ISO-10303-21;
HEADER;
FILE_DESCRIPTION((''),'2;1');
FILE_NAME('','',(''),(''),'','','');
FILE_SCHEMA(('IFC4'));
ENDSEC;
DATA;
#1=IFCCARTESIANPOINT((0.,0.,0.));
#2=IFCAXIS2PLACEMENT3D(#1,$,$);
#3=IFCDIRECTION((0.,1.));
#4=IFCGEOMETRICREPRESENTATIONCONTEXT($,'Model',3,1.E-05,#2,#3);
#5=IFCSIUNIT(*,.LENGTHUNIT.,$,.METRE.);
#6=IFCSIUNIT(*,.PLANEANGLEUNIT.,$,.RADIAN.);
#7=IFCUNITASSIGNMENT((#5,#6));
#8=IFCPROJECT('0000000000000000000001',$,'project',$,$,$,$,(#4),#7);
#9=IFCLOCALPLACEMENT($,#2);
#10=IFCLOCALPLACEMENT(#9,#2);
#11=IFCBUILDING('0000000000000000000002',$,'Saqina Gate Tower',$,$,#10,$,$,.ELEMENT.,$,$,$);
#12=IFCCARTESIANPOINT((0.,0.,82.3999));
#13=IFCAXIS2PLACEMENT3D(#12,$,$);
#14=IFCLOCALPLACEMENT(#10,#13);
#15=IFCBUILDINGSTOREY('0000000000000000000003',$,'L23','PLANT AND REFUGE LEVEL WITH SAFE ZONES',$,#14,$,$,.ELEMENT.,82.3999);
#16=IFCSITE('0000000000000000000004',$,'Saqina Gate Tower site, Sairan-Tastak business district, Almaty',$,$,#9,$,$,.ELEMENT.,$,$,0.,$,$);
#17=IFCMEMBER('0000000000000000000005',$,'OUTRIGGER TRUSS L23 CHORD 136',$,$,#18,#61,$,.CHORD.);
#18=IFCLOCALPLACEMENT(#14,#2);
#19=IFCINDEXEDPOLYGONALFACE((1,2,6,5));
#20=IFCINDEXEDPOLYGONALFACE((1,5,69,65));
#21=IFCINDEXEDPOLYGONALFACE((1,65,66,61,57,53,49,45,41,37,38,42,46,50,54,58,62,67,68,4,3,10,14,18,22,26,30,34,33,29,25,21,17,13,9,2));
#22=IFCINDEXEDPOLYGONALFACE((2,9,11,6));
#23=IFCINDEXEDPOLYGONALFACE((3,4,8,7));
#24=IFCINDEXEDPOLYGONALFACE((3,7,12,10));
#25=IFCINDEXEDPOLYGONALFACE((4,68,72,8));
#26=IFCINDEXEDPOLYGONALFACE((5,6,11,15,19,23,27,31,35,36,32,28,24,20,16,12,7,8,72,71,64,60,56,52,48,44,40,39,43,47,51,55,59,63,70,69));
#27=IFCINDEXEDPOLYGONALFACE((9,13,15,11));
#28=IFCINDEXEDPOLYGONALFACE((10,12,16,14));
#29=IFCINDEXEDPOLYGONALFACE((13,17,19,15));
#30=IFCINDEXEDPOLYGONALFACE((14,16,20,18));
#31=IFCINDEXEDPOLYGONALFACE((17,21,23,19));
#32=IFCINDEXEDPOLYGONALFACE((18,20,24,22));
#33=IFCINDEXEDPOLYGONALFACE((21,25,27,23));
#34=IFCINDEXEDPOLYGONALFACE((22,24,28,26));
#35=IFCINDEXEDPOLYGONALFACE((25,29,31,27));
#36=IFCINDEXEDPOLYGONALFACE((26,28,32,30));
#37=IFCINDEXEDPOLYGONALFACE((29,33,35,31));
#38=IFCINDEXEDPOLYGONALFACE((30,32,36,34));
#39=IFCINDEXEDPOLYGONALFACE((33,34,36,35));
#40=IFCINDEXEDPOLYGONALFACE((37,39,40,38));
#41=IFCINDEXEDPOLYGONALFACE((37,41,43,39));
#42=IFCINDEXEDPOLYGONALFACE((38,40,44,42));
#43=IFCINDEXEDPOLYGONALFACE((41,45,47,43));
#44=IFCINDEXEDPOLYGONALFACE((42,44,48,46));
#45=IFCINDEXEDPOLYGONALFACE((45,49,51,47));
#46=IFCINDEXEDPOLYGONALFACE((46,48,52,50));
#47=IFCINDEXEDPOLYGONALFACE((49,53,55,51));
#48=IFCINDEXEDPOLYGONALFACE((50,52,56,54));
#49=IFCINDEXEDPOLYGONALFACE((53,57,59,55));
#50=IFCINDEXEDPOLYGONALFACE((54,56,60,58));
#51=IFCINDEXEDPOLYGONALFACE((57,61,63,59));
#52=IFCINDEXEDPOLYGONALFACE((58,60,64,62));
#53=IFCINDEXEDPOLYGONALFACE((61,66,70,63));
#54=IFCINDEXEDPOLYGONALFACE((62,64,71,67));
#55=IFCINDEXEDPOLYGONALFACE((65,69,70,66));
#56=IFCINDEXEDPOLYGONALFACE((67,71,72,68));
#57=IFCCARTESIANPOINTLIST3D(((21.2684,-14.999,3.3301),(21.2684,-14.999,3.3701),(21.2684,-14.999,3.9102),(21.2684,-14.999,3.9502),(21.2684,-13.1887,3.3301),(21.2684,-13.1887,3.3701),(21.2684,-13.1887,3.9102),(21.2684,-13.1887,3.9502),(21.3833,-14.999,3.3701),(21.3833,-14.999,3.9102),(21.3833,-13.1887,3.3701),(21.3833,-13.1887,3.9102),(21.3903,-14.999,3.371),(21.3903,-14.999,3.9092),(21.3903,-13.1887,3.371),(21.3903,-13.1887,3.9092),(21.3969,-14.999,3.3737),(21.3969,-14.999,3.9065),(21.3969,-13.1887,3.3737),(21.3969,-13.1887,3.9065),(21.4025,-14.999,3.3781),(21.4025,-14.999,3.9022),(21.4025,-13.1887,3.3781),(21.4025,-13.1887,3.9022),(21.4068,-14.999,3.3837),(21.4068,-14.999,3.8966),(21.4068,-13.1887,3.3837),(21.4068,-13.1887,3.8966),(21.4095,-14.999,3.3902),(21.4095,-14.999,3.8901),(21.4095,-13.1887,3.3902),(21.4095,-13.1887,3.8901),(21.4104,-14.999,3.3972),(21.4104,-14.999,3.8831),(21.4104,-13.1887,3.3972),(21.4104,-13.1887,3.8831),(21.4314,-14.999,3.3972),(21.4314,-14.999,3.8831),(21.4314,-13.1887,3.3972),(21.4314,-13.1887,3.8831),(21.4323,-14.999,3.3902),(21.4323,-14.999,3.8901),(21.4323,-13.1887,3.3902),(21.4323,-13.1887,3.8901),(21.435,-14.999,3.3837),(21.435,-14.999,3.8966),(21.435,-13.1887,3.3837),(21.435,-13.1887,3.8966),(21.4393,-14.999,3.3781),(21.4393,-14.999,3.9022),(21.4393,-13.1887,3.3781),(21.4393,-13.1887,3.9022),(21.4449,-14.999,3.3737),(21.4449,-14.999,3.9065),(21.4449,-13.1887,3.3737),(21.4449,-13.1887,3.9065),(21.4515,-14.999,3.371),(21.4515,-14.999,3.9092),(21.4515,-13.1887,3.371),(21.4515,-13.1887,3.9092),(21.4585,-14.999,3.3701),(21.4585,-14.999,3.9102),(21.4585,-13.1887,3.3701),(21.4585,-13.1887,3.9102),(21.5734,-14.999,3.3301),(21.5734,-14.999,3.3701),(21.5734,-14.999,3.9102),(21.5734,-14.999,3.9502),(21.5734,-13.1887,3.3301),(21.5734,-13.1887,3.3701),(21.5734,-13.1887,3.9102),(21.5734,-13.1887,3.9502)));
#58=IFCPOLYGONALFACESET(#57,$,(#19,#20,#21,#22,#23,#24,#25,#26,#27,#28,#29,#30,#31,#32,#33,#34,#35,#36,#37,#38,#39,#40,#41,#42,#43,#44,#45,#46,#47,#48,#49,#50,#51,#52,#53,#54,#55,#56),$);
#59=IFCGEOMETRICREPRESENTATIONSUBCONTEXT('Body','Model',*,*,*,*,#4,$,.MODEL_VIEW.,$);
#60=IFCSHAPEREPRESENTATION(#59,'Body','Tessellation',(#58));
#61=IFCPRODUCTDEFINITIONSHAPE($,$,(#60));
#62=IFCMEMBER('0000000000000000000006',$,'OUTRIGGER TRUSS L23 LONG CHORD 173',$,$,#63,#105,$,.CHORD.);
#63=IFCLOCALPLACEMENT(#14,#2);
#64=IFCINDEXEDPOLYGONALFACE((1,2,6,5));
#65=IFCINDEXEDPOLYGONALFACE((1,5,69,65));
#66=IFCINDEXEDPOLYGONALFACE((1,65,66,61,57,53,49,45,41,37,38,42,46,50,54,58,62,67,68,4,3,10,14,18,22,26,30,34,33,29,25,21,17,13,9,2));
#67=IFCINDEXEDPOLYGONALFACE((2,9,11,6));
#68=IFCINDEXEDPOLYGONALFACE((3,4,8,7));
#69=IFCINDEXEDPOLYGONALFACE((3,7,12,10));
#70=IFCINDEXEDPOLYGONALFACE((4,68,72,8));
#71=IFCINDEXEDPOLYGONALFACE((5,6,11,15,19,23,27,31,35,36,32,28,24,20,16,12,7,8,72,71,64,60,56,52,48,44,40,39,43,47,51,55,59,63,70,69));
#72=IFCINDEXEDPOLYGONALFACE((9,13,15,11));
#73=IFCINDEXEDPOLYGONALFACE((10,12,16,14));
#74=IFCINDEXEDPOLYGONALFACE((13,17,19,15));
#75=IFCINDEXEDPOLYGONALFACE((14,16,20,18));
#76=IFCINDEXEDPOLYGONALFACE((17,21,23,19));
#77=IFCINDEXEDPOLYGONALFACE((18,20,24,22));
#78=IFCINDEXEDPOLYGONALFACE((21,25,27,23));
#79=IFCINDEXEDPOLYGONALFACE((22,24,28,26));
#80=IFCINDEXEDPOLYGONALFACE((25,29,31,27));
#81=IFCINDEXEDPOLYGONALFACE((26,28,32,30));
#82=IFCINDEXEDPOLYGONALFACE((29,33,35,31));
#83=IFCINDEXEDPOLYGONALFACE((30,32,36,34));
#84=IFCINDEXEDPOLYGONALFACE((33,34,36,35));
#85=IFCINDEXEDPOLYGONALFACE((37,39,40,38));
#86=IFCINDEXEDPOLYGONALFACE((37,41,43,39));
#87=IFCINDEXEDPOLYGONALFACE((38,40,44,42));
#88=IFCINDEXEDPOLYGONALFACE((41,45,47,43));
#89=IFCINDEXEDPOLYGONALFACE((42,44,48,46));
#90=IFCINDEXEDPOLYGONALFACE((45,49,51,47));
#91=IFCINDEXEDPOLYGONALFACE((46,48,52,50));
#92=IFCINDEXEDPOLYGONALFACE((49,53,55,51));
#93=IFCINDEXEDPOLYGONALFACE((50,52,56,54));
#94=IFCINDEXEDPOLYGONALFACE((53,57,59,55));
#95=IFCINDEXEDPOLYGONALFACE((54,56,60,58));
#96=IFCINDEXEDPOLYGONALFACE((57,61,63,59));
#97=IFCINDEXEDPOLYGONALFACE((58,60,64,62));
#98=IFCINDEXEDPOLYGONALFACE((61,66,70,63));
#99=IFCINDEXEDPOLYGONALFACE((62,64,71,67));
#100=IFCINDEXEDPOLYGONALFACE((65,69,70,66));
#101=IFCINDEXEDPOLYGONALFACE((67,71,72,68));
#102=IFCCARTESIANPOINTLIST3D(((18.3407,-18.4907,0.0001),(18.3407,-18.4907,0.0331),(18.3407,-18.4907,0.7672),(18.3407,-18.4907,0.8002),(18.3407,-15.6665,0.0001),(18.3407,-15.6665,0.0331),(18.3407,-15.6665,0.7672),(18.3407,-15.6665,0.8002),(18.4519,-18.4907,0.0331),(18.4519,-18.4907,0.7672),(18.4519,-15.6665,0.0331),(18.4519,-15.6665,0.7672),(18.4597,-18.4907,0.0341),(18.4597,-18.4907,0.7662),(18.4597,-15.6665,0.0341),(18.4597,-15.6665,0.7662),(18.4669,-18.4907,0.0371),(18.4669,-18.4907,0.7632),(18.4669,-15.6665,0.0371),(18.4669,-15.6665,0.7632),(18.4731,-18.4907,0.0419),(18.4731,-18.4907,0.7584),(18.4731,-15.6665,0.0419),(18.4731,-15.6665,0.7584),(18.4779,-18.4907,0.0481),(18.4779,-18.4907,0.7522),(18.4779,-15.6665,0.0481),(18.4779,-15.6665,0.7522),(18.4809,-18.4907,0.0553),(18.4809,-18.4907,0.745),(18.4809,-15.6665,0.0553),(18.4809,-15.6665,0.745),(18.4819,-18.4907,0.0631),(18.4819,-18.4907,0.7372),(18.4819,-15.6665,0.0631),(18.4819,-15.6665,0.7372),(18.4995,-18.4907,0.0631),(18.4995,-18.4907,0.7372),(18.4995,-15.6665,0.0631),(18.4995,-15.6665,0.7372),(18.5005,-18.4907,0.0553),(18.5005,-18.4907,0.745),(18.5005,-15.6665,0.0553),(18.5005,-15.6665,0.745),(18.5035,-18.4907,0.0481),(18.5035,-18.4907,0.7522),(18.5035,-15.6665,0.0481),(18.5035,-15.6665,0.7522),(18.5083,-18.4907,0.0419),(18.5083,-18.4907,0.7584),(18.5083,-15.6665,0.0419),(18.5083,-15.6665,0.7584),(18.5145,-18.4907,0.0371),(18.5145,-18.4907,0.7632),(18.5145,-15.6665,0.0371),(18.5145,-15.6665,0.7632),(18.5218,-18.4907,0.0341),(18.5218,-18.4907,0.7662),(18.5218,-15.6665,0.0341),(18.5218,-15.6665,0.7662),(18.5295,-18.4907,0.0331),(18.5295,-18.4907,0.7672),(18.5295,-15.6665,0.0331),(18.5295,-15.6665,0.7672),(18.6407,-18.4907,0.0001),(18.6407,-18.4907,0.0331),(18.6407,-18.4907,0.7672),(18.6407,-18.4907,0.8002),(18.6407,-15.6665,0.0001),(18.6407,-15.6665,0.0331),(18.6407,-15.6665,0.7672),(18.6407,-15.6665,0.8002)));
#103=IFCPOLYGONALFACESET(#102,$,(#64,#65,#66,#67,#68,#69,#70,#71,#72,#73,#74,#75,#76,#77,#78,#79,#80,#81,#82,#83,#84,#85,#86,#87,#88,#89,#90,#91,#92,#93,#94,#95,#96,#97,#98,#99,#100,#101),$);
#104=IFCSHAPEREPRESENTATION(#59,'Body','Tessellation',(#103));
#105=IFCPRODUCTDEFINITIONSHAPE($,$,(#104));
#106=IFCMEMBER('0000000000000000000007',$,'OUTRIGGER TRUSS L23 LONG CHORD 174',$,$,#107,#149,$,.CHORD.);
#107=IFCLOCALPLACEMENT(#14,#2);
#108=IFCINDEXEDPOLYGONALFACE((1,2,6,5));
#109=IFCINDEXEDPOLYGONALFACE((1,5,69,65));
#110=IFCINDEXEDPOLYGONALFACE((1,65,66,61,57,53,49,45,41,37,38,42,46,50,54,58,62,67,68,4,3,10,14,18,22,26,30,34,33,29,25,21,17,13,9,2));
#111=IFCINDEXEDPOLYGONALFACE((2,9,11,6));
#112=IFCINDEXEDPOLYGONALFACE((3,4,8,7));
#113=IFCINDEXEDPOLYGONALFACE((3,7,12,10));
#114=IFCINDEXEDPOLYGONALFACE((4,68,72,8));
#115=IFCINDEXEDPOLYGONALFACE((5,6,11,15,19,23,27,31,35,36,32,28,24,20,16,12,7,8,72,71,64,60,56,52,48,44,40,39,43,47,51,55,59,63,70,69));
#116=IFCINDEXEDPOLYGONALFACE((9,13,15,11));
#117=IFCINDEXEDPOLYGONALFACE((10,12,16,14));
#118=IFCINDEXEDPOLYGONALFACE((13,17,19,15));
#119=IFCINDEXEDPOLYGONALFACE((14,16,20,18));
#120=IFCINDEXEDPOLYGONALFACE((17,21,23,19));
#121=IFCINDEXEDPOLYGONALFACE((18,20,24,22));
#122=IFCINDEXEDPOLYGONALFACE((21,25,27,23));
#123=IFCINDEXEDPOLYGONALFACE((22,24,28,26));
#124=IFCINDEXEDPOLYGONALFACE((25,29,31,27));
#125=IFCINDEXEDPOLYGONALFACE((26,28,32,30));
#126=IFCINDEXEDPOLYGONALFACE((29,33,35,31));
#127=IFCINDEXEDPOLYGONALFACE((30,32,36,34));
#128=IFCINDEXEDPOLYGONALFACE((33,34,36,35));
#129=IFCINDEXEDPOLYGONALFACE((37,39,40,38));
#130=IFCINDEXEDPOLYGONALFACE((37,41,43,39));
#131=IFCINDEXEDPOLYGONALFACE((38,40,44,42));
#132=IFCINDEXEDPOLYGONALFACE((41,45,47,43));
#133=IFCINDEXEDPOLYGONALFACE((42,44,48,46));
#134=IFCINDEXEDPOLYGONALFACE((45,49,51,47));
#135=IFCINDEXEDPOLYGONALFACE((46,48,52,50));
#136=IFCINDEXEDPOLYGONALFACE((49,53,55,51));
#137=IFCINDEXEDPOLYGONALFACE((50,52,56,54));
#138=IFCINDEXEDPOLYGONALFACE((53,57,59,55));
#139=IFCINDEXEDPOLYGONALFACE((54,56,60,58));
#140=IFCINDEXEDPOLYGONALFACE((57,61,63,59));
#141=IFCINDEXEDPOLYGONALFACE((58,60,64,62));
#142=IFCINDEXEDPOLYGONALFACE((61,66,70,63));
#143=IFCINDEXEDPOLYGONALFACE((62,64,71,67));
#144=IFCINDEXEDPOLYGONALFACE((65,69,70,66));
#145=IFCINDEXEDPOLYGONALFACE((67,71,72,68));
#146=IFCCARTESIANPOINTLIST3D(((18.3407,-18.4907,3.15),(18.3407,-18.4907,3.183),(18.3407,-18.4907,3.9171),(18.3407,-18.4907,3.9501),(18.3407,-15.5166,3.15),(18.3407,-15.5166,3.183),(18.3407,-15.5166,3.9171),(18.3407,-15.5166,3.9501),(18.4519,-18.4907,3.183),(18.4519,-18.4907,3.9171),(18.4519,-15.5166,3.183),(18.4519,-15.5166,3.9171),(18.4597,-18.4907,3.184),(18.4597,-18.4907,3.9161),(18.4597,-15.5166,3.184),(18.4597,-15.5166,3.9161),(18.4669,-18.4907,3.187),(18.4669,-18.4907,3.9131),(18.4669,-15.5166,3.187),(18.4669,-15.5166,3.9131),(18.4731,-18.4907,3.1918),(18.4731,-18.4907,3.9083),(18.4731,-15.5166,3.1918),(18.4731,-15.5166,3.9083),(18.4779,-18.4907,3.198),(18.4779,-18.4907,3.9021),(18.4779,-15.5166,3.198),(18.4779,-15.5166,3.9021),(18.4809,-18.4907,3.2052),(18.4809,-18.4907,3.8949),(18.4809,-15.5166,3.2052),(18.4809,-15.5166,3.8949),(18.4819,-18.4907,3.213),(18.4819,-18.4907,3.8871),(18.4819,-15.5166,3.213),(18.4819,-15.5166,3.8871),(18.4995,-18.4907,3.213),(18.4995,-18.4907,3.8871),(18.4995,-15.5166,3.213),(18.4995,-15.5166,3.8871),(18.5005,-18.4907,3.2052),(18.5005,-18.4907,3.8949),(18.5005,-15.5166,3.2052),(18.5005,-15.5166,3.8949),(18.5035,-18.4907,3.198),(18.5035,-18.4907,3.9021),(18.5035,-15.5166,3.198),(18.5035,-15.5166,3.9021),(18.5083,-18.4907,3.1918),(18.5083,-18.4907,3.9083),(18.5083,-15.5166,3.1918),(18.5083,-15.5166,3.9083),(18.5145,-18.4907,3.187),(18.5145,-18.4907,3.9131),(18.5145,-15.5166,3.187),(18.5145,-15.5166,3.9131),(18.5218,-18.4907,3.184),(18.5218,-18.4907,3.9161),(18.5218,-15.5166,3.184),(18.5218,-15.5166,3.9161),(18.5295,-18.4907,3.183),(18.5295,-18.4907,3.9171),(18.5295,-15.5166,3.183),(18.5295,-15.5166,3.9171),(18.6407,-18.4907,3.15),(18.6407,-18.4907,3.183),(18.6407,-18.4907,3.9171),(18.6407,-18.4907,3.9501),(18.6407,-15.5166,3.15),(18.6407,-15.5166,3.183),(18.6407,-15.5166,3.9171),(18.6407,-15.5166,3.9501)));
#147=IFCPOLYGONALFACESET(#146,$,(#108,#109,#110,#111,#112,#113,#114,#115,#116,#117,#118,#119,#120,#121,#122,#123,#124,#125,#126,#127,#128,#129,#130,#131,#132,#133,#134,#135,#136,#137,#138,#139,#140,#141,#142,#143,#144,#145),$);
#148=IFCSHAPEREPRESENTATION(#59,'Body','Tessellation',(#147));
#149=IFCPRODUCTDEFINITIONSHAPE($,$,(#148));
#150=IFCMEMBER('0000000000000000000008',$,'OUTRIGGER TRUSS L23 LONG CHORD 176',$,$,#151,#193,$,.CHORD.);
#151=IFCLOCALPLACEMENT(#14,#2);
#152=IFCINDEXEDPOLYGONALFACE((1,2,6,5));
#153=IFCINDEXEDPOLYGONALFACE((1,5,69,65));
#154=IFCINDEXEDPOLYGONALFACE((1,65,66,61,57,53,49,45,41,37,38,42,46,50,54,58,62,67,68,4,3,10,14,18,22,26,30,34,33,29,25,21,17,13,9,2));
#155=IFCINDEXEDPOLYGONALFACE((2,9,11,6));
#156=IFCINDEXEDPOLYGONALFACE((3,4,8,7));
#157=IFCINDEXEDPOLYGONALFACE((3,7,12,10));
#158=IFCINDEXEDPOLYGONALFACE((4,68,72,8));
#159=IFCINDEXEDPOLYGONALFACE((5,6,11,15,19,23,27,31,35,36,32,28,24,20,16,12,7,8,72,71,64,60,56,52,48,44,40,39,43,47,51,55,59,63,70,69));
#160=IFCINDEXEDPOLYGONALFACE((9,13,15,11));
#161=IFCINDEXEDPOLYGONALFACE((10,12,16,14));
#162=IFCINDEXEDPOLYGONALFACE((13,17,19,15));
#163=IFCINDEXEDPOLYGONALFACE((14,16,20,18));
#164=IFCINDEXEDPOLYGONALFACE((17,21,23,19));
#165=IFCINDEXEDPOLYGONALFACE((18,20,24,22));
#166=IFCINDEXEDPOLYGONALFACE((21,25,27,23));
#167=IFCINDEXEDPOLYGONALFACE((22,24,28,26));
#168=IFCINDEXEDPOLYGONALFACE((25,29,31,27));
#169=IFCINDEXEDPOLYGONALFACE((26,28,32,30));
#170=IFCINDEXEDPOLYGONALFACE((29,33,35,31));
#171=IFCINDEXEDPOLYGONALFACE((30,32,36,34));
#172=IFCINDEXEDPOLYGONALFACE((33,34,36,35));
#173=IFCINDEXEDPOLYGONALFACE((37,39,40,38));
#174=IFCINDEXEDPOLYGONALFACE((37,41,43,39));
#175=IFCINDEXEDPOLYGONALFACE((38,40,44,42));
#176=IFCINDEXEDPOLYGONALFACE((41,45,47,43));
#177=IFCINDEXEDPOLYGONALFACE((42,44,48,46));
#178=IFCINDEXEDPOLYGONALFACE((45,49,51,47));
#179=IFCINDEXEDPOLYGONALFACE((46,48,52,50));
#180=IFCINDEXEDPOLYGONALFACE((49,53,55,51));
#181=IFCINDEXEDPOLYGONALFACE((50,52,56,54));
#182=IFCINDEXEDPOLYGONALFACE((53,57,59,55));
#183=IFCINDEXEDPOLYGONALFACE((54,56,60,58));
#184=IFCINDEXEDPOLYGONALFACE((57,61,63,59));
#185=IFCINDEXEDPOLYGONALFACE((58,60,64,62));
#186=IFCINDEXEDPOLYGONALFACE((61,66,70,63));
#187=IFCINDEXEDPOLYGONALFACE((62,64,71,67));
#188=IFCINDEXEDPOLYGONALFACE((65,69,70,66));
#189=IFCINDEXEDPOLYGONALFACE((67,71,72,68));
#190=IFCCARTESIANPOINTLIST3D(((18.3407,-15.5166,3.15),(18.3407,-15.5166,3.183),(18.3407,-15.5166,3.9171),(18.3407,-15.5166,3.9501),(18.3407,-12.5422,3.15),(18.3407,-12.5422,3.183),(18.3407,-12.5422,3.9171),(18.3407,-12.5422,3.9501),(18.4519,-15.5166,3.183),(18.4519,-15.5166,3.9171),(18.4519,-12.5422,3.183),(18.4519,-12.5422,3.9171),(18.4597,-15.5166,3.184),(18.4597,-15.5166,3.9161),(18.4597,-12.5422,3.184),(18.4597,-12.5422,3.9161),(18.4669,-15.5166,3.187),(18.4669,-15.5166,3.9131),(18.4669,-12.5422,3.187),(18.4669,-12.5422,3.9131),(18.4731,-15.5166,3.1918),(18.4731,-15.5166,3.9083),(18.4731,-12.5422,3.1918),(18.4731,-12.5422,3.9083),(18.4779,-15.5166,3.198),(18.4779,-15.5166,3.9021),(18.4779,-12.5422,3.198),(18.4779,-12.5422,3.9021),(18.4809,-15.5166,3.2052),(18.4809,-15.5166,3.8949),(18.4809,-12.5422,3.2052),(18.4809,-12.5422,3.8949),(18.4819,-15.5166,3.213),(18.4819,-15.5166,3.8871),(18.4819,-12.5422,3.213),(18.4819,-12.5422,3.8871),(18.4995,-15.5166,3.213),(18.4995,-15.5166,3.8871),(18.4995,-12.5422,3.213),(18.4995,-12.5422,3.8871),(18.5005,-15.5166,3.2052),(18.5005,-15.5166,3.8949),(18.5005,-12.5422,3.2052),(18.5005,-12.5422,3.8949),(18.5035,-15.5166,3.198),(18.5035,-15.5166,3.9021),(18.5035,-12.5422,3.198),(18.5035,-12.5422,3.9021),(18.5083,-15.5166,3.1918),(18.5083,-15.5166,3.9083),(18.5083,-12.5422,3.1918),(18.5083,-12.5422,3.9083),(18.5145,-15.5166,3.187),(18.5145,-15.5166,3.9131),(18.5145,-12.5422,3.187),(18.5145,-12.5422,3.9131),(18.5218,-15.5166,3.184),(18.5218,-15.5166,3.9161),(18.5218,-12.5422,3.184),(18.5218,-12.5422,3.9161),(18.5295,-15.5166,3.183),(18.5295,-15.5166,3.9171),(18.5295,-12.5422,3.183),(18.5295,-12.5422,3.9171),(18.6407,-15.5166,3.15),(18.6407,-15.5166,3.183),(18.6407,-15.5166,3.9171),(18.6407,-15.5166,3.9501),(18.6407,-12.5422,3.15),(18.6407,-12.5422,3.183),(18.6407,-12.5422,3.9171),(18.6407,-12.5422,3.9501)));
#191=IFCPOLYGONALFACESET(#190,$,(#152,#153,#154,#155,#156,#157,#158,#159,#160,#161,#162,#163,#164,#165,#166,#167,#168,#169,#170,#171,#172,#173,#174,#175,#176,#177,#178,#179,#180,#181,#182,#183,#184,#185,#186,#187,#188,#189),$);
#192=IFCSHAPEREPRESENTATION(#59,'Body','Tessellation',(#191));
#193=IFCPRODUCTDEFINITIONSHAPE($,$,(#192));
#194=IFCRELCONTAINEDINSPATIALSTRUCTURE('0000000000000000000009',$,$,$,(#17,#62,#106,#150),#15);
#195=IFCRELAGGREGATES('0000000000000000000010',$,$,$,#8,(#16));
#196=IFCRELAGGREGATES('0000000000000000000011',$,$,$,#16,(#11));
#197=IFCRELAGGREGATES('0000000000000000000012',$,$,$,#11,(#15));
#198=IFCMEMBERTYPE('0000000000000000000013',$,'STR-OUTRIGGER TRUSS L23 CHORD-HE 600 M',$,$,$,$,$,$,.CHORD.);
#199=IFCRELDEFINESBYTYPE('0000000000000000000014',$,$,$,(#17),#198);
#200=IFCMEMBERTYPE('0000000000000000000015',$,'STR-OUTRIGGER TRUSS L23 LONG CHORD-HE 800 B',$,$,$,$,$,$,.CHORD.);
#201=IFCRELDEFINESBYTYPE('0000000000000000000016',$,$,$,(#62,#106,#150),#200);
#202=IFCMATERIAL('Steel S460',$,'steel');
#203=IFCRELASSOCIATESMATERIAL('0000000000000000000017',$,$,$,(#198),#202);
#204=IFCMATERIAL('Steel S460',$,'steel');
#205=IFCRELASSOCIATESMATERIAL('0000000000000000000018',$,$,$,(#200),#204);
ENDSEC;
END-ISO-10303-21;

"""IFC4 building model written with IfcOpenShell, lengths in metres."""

from ifc_helpers import new_model, si_unit, direction, frame, origin, origin_2d, place, context, subcontext, project, spatial, i_section, extrude, material, material_profile, profile_set, type_object, element, save


model = new_model("IFC4")

# Units and contexts
model_context = context("Model", 3, precision=1e-05, world=origin(), true_north=direction((0.0, 1.0)))
body_context = subcontext(model_context, "Body", "Model", "MODEL_VIEW")
ifc_project = project(units=[si_unit("LENGTHUNIT", "METRE"), si_unit("PLANEANGLEUNIT", "RADIAN")], contexts=[model_context])

# Site, building, storey
site_placement = place(None, origin())
site = spatial("IfcSite", under=ifc_project, at=site_placement, Name="Saqina Gate Tower site, Sairan-Tastak business district, Almaty", CompositionType="ELEMENT", RefElevation=0.0)
building_placement = place(site_placement, origin())
building = spatial("IfcBuilding", under=site, at=building_placement, Name="Saqina Gate Tower", CompositionType="ELEMENT")
storey_placement = place(building_placement, frame((0.0, 0.0, 82.3999)))
storey = spatial("IfcBuildingStorey", under=building, at=storey_placement, Name="L23", Description="PLANT AND REFUGE LEVEL WITH SAFE ZONES", CompositionType="ELEMENT", Elevation=82.3999)

# Members
ifc_material_1 = material(Name="Steel S460", Category="steel")
ifc_material_profile_1 = material_profile(ifc_material_1, i_section(OverallWidth=0.3049, OverallDepth=0.6201, WebThickness=0.021, FlangeThickness=0.04, FilletRadius=0.0271, at=origin_2d()), Name="HE 600 M")
ifc_profile_set_1 = profile_set([ifc_material_profile_1], Name="Steel S460")
member_type_1 = type_object("IfcMemberType", Name="STR-OUTRIGGER TRUSS L23 CHORD-HE 600 M", PredefinedType="CHORD", material=ifc_profile_set_1)
member_1_placement = place(storey_placement, frame((21.4209, -13.1887, 3.6401), z_axis=(0.0, -1.0, 0.0), x_axis=(1.0, 0.0, 0.0)))
element("IfcMember", 1, at=member_1_placement, inside=storey, type_object=member_type_1, Name="OUTRIGGER TRUSS L23 CHORD 136", PredefinedType="CHORD", context=body_context, shape_type="SweptSolid", body=[
    extrude(i_section(OverallWidth=0.3049, OverallDepth=0.6201, WebThickness=0.021, FlangeThickness=0.04, FilletRadius=0.0271, at=origin_2d()), origin(), (0.0, 0.0, 1.0), 1.8103),
])
ifc_material_2 = material(Name="Steel S460", Category="steel")
ifc_material_profile_2 = material_profile(ifc_material_2, i_section(OverallWidth=0.3, OverallDepth=0.8, WebThickness=0.0176, FlangeThickness=0.033, FilletRadius=0.03, at=origin_2d()), Name="HE 800 B")
ifc_profile_set_2 = profile_set([ifc_material_profile_2], Name="Steel S460")
member_type_2 = type_object("IfcMemberType", Name="STR-OUTRIGGER TRUSS L23 LONG CHORD-HE 800 B", PredefinedType="CHORD", material=ifc_profile_set_2)
member_2_placement = place(storey_placement, frame((18.4907, -15.6665, 0.4001), z_axis=(0.0, -1.0, 0.0), x_axis=(1.0, 0.0, 0.0)))
element("IfcMember", 2, at=member_2_placement, inside=storey, type_object=member_type_2, Name="OUTRIGGER TRUSS L23 LONG CHORD 173", PredefinedType="CHORD", context=body_context, shape_type="SweptSolid", body=[
    extrude(i_section(OverallWidth=0.3, OverallDepth=0.8, WebThickness=0.0176, FlangeThickness=0.033, FilletRadius=0.03, at=origin_2d()), origin(), (0.0, 0.0, 1.0), 2.8242),
])
member_3_placement = place(storey_placement, frame((18.4907, -15.5166, 3.55), z_axis=(0.0, -1.0, 0.0), x_axis=(1.0, 0.0, 0.0)))
element("IfcMember", 3, at=member_3_placement, inside=storey, type_object=member_type_2, Name="OUTRIGGER TRUSS L23 LONG CHORD 174", PredefinedType="CHORD", context=body_context, shape_type="SweptSolid", body=[
    extrude(i_section(OverallWidth=0.3, OverallDepth=0.8, WebThickness=0.0176, FlangeThickness=0.033, FilletRadius=0.03, at=origin_2d()), origin(), (0.0, 0.0, 1.0), 2.9741),
])
member_4_placement = place(storey_placement, frame((18.4907, -12.5422, 3.55), z_axis=(0.0, -1.0, 0.0), x_axis=(1.0, 0.0, 0.0)))
element("IfcMember", 4, at=member_4_placement, inside=storey, type_object=member_type_2, Name="OUTRIGGER TRUSS L23 LONG CHORD 176", PredefinedType="CHORD", context=body_context, shape_type="SweptSolid", body=[
    extrude(i_section(OverallWidth=0.3, OverallDepth=0.8, WebThickness=0.0176, FlangeThickness=0.033, FilletRadius=0.03, at=origin_2d()), origin(), (0.0, 0.0, 1.0), 2.9744),
])

save(model, "model.ifc")
